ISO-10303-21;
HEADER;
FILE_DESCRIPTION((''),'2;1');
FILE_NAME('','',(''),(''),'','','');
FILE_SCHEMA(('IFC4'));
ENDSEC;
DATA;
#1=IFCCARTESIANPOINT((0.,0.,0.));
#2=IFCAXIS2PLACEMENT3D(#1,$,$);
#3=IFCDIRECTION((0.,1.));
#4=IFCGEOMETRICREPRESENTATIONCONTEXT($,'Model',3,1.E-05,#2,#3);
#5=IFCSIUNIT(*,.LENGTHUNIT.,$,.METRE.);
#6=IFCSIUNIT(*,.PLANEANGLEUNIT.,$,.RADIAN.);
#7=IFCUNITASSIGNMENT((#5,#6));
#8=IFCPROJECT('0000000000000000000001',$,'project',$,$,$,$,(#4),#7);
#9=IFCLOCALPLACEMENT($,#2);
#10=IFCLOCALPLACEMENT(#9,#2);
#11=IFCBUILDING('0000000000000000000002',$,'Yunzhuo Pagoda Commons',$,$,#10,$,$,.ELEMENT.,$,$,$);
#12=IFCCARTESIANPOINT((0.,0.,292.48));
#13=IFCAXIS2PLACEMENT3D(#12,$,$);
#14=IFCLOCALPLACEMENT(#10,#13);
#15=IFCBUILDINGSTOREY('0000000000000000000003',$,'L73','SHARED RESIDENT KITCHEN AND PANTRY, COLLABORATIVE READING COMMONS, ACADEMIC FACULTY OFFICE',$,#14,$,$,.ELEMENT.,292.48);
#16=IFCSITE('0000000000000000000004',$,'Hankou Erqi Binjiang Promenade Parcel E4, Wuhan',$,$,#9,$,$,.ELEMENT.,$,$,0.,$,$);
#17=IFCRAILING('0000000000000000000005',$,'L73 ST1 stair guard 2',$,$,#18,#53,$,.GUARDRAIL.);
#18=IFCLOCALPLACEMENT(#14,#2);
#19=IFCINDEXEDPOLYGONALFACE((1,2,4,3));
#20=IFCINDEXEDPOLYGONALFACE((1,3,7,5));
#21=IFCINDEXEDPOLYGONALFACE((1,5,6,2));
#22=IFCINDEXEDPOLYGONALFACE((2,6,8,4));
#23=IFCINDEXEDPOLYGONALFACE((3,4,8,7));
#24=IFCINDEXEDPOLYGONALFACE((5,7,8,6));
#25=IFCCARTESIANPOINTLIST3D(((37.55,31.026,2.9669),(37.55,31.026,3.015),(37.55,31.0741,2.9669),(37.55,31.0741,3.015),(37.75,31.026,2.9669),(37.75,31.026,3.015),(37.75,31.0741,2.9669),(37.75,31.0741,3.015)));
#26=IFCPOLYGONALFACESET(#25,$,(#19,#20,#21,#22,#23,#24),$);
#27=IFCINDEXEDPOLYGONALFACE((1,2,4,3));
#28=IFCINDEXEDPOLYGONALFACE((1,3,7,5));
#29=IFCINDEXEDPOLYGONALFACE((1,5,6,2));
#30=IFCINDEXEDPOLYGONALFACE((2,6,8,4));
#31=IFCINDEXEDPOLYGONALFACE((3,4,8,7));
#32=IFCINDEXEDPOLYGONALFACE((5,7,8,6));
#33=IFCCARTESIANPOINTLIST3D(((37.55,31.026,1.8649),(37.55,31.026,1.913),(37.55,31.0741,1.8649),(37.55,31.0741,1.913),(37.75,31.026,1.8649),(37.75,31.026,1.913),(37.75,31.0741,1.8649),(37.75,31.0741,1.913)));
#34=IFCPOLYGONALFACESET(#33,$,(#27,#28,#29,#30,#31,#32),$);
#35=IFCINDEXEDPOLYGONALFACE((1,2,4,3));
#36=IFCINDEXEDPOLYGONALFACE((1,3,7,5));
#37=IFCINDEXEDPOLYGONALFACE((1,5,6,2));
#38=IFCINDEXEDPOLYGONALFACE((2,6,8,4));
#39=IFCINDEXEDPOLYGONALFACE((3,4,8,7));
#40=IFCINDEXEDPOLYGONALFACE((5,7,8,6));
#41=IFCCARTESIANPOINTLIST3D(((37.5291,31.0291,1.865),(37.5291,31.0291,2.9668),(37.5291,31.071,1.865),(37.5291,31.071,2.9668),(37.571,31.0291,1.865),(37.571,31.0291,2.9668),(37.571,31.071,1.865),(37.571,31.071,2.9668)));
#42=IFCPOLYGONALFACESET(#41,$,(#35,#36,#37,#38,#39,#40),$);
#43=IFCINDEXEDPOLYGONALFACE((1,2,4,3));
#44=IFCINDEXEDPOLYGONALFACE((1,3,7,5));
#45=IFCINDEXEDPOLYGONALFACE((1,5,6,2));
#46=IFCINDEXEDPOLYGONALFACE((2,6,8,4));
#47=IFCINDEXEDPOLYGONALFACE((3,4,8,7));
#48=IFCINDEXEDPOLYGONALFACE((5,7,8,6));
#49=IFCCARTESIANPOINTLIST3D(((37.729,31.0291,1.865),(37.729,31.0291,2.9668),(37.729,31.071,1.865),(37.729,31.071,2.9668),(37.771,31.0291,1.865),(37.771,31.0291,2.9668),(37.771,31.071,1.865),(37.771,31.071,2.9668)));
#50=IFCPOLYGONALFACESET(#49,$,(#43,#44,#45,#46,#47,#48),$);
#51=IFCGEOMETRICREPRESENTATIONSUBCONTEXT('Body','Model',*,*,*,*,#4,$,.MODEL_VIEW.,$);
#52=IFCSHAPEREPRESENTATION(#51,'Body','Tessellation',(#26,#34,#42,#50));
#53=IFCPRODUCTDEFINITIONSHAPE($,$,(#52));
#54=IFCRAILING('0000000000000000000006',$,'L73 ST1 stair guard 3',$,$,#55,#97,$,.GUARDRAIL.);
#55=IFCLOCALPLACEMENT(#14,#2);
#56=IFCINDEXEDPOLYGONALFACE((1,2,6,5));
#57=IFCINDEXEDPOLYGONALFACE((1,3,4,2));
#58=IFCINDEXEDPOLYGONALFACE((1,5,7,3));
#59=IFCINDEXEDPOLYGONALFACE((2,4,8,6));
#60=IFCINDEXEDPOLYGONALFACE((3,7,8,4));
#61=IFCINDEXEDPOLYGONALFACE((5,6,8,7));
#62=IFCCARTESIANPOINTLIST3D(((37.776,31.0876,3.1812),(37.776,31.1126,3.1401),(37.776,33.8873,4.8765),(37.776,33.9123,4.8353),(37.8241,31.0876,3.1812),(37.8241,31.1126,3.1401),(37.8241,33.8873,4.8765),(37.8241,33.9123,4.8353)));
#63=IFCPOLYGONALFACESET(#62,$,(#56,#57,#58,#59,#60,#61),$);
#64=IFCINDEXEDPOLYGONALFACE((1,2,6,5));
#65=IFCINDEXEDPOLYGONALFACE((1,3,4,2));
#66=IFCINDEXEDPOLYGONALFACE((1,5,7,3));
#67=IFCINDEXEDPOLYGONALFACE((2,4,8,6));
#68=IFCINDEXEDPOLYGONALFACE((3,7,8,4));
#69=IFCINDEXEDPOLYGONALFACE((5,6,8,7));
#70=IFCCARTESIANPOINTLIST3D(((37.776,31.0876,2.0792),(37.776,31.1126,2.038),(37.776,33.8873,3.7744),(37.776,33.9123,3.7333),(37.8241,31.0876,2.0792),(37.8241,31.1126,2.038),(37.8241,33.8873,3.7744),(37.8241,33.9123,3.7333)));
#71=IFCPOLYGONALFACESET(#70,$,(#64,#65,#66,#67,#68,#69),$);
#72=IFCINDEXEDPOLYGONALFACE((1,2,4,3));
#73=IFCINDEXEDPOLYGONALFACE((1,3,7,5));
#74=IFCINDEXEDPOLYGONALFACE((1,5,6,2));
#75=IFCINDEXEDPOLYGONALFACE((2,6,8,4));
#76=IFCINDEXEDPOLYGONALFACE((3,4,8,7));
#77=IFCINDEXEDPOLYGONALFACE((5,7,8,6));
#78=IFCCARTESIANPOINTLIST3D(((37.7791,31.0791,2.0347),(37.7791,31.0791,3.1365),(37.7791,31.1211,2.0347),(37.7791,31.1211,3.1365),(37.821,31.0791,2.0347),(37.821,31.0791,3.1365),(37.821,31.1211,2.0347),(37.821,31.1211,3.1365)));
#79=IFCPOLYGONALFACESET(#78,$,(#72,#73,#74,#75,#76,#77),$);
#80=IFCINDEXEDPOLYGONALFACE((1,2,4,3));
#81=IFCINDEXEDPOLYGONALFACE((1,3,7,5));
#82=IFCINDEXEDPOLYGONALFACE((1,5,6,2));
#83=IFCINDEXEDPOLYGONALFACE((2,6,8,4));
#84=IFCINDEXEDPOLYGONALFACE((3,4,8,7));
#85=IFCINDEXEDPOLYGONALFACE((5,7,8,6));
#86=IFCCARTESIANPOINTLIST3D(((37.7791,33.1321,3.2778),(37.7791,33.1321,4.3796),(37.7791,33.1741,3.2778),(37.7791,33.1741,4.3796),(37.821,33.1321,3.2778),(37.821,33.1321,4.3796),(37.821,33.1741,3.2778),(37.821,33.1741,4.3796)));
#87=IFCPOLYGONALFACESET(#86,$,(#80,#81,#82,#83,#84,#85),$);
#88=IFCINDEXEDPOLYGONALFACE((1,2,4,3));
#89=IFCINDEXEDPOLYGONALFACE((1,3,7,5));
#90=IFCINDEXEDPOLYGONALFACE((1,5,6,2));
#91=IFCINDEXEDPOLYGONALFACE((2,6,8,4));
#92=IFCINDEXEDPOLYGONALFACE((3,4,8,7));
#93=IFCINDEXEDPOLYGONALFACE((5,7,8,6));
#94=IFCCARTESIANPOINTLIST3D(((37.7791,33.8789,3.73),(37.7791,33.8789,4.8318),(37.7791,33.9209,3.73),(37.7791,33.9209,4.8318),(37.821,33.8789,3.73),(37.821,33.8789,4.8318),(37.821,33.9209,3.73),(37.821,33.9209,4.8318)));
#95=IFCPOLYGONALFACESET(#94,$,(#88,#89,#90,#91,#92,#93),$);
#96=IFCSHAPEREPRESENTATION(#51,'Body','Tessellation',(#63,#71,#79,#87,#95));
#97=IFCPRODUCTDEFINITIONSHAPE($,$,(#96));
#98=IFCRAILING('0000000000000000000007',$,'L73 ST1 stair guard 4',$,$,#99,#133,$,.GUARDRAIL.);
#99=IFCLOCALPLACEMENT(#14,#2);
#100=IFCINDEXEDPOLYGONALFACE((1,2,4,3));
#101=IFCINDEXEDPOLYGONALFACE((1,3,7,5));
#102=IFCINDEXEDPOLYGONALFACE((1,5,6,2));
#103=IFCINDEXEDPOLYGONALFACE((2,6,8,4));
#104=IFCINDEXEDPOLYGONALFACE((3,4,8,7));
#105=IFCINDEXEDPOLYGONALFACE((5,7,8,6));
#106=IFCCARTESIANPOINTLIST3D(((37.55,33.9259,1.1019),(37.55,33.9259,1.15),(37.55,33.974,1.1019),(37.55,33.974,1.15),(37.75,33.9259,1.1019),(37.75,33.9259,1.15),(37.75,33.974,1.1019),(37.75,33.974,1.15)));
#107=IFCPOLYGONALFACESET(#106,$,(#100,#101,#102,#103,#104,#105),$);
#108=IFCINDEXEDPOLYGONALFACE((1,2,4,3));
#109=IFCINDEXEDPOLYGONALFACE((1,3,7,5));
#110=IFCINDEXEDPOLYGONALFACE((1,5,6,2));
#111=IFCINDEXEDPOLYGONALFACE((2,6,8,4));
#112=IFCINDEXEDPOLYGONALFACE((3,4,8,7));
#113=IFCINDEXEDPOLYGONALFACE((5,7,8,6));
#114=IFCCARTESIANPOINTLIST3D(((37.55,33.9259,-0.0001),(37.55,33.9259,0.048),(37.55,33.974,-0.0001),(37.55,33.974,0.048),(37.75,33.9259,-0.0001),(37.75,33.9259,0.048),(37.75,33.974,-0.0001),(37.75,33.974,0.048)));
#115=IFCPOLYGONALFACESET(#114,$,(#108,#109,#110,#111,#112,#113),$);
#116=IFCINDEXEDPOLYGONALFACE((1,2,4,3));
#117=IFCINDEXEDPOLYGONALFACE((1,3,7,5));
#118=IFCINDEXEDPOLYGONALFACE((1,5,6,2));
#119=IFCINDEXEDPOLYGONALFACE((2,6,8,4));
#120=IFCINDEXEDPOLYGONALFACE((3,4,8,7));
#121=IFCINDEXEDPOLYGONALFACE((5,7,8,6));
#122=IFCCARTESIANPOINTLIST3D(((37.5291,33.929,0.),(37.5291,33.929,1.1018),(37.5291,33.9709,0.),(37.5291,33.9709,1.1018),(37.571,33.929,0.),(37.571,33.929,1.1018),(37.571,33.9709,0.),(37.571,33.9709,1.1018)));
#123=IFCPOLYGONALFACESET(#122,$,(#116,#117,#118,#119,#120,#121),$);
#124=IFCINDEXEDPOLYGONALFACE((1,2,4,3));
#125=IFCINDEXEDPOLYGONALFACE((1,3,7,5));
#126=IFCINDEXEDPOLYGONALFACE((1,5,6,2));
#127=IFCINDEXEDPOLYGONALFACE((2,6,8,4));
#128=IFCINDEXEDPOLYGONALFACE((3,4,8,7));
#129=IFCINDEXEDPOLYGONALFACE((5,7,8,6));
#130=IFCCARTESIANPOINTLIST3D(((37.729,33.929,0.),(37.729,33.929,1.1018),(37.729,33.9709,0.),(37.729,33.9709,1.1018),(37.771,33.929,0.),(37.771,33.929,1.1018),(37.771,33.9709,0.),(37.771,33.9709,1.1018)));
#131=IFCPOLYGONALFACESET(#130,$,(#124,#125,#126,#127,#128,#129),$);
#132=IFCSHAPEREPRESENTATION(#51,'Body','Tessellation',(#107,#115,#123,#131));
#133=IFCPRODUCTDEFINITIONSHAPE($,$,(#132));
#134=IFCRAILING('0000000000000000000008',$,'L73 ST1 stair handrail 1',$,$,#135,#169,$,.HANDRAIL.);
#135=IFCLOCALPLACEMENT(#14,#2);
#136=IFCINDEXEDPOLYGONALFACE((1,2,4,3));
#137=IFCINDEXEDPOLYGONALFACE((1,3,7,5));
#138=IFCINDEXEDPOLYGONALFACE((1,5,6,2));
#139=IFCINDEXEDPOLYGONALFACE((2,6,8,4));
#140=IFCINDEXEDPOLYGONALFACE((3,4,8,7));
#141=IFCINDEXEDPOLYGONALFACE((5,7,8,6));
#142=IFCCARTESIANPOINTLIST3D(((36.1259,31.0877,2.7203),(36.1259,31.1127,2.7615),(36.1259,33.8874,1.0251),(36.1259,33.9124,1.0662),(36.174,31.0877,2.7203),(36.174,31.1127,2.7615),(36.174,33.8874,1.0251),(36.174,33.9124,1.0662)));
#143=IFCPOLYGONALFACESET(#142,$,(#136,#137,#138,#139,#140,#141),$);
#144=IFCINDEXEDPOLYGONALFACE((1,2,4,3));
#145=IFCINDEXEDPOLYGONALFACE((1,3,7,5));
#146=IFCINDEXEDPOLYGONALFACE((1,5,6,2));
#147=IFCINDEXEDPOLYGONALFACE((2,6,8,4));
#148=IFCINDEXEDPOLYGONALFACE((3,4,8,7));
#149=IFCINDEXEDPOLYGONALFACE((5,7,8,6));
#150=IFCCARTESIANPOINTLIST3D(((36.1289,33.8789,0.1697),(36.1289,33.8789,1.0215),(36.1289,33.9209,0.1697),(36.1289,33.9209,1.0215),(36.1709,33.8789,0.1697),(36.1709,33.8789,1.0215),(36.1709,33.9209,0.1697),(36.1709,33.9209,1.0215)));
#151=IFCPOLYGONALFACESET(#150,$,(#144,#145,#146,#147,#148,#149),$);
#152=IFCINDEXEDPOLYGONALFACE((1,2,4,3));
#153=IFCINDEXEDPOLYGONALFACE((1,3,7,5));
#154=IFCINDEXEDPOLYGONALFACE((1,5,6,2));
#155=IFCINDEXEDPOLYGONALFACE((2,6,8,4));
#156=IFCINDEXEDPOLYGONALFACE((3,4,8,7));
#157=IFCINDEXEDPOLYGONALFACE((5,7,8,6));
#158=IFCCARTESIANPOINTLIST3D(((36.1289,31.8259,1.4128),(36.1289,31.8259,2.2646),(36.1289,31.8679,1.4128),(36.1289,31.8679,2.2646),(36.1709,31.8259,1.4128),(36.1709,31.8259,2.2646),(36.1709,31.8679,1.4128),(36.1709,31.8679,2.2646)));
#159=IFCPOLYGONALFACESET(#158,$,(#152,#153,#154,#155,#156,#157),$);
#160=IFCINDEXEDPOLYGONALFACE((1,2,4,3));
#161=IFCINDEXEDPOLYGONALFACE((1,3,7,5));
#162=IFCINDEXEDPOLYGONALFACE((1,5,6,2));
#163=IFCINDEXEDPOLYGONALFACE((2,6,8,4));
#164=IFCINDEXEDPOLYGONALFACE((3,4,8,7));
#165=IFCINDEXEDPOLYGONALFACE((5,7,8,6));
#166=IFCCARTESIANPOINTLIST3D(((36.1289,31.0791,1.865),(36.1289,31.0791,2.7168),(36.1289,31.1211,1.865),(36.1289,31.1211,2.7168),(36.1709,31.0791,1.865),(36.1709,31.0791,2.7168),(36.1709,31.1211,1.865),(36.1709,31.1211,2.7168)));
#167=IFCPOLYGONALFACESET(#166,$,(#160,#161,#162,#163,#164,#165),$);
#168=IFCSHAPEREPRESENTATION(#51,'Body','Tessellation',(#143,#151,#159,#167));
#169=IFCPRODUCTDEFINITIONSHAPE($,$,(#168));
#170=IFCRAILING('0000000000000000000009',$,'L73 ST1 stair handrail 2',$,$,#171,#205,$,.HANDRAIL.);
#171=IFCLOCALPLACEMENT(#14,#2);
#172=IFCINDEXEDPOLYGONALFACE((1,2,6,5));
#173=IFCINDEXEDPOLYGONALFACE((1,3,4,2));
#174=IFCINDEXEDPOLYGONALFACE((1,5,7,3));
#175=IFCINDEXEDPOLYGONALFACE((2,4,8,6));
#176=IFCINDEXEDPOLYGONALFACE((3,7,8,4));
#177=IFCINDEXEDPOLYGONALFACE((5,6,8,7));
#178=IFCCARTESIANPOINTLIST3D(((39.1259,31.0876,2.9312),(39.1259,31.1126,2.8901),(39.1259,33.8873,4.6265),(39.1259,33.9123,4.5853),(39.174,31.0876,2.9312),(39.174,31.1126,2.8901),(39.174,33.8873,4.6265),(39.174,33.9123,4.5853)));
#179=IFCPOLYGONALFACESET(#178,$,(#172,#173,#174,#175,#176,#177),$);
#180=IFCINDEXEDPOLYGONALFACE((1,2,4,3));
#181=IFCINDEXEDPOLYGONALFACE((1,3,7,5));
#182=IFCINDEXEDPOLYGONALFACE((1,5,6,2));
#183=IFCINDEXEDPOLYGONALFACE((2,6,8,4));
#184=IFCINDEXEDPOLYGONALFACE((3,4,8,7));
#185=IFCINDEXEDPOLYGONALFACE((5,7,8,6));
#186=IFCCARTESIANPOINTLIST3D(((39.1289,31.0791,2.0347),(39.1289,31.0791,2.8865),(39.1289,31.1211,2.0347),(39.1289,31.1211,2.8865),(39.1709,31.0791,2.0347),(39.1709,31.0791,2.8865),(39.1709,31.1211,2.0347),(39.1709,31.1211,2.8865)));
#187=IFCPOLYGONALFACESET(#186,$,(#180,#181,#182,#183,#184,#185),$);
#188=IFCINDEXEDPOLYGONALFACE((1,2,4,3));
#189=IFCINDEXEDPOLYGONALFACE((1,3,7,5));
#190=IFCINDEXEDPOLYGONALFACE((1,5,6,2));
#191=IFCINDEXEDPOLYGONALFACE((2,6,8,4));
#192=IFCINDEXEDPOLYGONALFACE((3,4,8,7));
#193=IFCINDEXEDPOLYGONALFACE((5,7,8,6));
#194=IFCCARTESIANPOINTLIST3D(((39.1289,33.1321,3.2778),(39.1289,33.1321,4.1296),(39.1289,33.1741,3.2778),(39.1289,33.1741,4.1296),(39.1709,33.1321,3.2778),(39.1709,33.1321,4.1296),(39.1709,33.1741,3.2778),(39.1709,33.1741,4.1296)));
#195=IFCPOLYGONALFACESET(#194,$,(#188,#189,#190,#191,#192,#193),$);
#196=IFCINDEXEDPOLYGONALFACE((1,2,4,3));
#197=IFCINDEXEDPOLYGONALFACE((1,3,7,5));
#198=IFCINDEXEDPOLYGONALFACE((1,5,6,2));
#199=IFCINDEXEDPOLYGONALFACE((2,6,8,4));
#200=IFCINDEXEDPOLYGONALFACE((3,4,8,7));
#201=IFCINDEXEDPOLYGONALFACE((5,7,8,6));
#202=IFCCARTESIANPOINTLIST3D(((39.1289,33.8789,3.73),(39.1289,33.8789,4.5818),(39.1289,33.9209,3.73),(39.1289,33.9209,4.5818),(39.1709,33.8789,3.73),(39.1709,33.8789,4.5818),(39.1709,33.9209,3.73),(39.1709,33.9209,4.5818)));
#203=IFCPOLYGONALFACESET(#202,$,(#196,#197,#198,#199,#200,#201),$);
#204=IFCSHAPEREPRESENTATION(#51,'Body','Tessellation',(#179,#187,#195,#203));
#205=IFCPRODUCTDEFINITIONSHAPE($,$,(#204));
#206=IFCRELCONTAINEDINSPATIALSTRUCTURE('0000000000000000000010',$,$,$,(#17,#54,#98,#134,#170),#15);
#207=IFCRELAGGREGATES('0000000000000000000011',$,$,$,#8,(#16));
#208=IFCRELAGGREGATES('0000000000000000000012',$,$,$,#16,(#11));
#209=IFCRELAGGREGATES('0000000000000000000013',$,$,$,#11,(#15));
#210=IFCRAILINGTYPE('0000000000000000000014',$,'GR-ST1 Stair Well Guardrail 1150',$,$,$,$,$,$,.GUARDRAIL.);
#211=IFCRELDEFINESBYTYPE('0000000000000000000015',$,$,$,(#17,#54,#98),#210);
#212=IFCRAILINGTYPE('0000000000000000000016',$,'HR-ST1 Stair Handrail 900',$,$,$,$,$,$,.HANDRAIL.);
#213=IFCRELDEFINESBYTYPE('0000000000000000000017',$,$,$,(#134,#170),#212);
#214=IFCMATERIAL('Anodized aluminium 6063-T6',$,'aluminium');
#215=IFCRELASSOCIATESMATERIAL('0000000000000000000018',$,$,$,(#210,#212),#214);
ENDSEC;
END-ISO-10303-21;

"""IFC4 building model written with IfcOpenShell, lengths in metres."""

from ifc_helpers import new_model, si_unit, direction, frame, origin, origin_2d, place, context, subcontext, project, spatial, rectangle, extrude, material, type_object, element, save


model = new_model("IFC4")

# Units and contexts
model_context = context("Model", 3, precision=1e-05, world=origin(), true_north=direction((0.0, 1.0)))
body_context = subcontext(model_context, "Body", "Model", "MODEL_VIEW")
ifc_project = project(units=[si_unit("LENGTHUNIT", "METRE"), si_unit("PLANEANGLEUNIT", "RADIAN")], contexts=[model_context])

# Site, building, storey
site_placement = place(None, origin())
site = spatial("IfcSite", under=ifc_project, at=site_placement, Name="Hankou Erqi Binjiang Promenade Parcel E4, Wuhan", CompositionType="ELEMENT", RefElevation=0.0)
building_placement = place(site_placement, origin())
building = spatial("IfcBuilding", under=site, at=building_placement, Name="Yunzhuo Pagoda Commons", CompositionType="ELEMENT")
storey_placement = place(building_placement, frame((0.0, 0.0, 292.48)))
storey = spatial("IfcBuildingStorey", under=building, at=storey_placement, Name="L73", Description="SHARED RESIDENT KITCHEN AND PANTRY, COLLABORATIVE READING COMMONS, ACADEMIC FACULTY OFFICE", CompositionType="ELEMENT", Elevation=292.48)

# Railings
ifc_material_1 = material(Name="Anodized aluminium 6063-T6", Category="aluminium")
railing_type_1 = type_object("IfcRailingType", Name="GR-ST1 Stair Well Guardrail 1150", PredefinedType="GUARDRAIL", material=ifc_material_1)
railing_1_placement = place(storey_placement, frame((37.55, 31.05, 1.865)))
element("IfcRailing", 1, at=railing_1_placement, inside=storey, type_object=railing_type_1, Name="L73 ST1 stair guard 2", PredefinedType="GUARDRAIL", context=body_context, shape_type="SweptSolid", body=[
    extrude(rectangle(XDim=0.0481, YDim=0.0481, at=origin_2d()), frame((0.0, 0.0, 1.126), z_axis=(1.0, 0.0, 0.0), x_axis=(0.0, 1.0, 0.0)), (0.0, 0.0, 1.0), 0.2),
    extrude(rectangle(XDim=0.0481, YDim=0.0481, at=origin_2d()), frame((0.0, 0.0, 0.0239), z_axis=(1.0, 0.0, 0.0), x_axis=(0.0, 1.0, 0.0)), (0.0, 0.0, 1.0), 0.2),
    extrude(rectangle(XDim=0.042, YDim=0.042, at=origin_2d()), origin(), (0.0, 0.0, 1.0), 1.1018),
    extrude(rectangle(XDim=0.042, YDim=0.042, at=origin_2d()), frame((0.2, 0.0, 0.0)), (0.0, 0.0, 1.0), 1.1018),
])
railing_2_placement = place(storey_placement, frame((37.8, 31.1001, 2.0347)))
element("IfcRailing", 2, at=railing_2_placement, inside=storey, type_object=railing_type_1, Name="L73 ST1 stair guard 3", PredefinedType="GUARDRAIL", context=body_context, shape_type="SweptSolid", body=[
    extrude(rectangle(XDim=0.0481, YDim=0.0481, at=origin_2d()), frame((0.0, 0.0, 1.126), z_axis=(0.0, 0.855406, 0.517958), x_axis=(-1.0, 0.0, 0.0)), (0.0, 0.0, 1.0), 3.2729),
    extrude(rectangle(XDim=0.0481, YDim=0.0481, at=origin_2d()), frame((0.0, 0.0, 0.0239), z_axis=(0.0, 0.855406, 0.517958), x_axis=(-1.0, 0.0, 0.0)), (0.0, 0.0, 1.0), 3.2729),
    extrude(rectangle(XDim=0.042, YDim=0.042, at=origin_2d()), origin(), (0.0, 0.0, 1.0), 1.1018),
    extrude(rectangle(XDim=0.042, YDim=0.042, at=origin_2d()), frame((0.0, 2.053, 1.2432)), (0.0, 0.0, 1.0), 1.1018),
    extrude(rectangle(XDim=0.042, YDim=0.042, at=origin_2d()), frame((0.0, 2.7998, 1.6953)), (0.0, 0.0, 1.0), 1.1018),
])
railing_3_placement = place(storey_placement, frame((37.55, 33.95, 0.0)))
element("IfcRailing", 3, at=railing_3_placement, inside=storey, type_object=railing_type_1, Name="L73 ST1 stair guard 4", PredefinedType="GUARDRAIL", context=body_context, shape_type="SweptSolid", body=[
    extrude(rectangle(XDim=0.0481, YDim=0.0481, at=origin_2d()), frame((0.0, 0.0, 1.126), z_axis=(1.0, 0.0, 0.0), x_axis=(0.0, 1.0, 0.0)), (0.0, 0.0, 1.0), 0.2),
    extrude(rectangle(XDim=0.0481, YDim=0.0481, at=origin_2d()), frame((0.0, 0.0, 0.0239), z_axis=(1.0, 0.0, 0.0), x_axis=(0.0, 1.0, 0.0)), (0.0, 0.0, 1.0), 0.2),
    extrude(rectangle(XDim=0.042, YDim=0.042, at=origin_2d()), origin(), (0.0, 0.0, 1.0), 1.1018),
    extrude(rectangle(XDim=0.042, YDim=0.042, at=origin_2d()), frame((0.2, 0.0, 0.0)), (0.0, 0.0, 1.0), 1.1018),
])
railing_type_2 = type_object("IfcRailingType", Name="HR-ST1 Stair Handrail 900", PredefinedType="HANDRAIL", material=ifc_material_1)
railing_4_placement = place(storey_placement, frame((36.1499, 33.8999, 0.1697)))
element("IfcRailing", 4, at=railing_4_placement, inside=storey, type_object=railing_type_2, Name="L73 ST1 stair handrail 1", PredefinedType="HANDRAIL", context=body_context, shape_type="SweptSolid", body=[
    extrude(rectangle(XDim=0.0481, YDim=0.0481, at=origin_2d()), frame((0.0, 0.0, 0.876), z_axis=(0.0, -0.855406, 0.517958), x_axis=(1.0, 0.0, 0.0)), (0.0, 0.0, 1.0), 3.2729),
    extrude(rectangle(XDim=0.042, YDim=0.042, at=origin_2d()), origin(), (0.0, 0.0, 1.0), 0.8518),
    extrude(rectangle(XDim=0.042, YDim=0.042, at=origin_2d()), frame((0.0, -2.053, 1.2432)), (0.0, 0.0, 1.0), 0.8518),
    extrude(rectangle(XDim=0.042, YDim=0.042, at=origin_2d()), frame((0.0, -2.7998, 1.6953)), (0.0, 0.0, 1.0), 0.8518),
])
railing_5_placement = place(storey_placement, frame((39.1499, 31.1001, 2.0347)))
element("IfcRailing", 5, at=railing_5_placement, inside=storey, type_object=railing_type_2, Name="L73 ST1 stair handrail 2", PredefinedType="HANDRAIL", context=body_context, shape_type="SweptSolid", body=[
    extrude(rectangle(XDim=0.0481, YDim=0.0481, at=origin_2d()), frame((0.0, 0.0, 0.876), z_axis=(0.0, 0.855406, 0.517958), x_axis=(-1.0, 0.0, 0.0)), (0.0, 0.0, 1.0), 3.2729),
    extrude(rectangle(XDim=0.042, YDim=0.042, at=origin_2d()), origin(), (0.0, 0.0, 1.0), 0.8518),
    extrude(rectangle(XDim=0.042, YDim=0.042, at=origin_2d()), frame((0.0, 2.053, 1.2432)), (0.0, 0.0, 1.0), 0.8518),
    extrude(rectangle(XDim=0.042, YDim=0.042, at=origin_2d()), frame((0.0, 2.7998, 1.6953)), (0.0, 0.0, 1.0), 0.8518),
])

save(model, "model.ifc")
